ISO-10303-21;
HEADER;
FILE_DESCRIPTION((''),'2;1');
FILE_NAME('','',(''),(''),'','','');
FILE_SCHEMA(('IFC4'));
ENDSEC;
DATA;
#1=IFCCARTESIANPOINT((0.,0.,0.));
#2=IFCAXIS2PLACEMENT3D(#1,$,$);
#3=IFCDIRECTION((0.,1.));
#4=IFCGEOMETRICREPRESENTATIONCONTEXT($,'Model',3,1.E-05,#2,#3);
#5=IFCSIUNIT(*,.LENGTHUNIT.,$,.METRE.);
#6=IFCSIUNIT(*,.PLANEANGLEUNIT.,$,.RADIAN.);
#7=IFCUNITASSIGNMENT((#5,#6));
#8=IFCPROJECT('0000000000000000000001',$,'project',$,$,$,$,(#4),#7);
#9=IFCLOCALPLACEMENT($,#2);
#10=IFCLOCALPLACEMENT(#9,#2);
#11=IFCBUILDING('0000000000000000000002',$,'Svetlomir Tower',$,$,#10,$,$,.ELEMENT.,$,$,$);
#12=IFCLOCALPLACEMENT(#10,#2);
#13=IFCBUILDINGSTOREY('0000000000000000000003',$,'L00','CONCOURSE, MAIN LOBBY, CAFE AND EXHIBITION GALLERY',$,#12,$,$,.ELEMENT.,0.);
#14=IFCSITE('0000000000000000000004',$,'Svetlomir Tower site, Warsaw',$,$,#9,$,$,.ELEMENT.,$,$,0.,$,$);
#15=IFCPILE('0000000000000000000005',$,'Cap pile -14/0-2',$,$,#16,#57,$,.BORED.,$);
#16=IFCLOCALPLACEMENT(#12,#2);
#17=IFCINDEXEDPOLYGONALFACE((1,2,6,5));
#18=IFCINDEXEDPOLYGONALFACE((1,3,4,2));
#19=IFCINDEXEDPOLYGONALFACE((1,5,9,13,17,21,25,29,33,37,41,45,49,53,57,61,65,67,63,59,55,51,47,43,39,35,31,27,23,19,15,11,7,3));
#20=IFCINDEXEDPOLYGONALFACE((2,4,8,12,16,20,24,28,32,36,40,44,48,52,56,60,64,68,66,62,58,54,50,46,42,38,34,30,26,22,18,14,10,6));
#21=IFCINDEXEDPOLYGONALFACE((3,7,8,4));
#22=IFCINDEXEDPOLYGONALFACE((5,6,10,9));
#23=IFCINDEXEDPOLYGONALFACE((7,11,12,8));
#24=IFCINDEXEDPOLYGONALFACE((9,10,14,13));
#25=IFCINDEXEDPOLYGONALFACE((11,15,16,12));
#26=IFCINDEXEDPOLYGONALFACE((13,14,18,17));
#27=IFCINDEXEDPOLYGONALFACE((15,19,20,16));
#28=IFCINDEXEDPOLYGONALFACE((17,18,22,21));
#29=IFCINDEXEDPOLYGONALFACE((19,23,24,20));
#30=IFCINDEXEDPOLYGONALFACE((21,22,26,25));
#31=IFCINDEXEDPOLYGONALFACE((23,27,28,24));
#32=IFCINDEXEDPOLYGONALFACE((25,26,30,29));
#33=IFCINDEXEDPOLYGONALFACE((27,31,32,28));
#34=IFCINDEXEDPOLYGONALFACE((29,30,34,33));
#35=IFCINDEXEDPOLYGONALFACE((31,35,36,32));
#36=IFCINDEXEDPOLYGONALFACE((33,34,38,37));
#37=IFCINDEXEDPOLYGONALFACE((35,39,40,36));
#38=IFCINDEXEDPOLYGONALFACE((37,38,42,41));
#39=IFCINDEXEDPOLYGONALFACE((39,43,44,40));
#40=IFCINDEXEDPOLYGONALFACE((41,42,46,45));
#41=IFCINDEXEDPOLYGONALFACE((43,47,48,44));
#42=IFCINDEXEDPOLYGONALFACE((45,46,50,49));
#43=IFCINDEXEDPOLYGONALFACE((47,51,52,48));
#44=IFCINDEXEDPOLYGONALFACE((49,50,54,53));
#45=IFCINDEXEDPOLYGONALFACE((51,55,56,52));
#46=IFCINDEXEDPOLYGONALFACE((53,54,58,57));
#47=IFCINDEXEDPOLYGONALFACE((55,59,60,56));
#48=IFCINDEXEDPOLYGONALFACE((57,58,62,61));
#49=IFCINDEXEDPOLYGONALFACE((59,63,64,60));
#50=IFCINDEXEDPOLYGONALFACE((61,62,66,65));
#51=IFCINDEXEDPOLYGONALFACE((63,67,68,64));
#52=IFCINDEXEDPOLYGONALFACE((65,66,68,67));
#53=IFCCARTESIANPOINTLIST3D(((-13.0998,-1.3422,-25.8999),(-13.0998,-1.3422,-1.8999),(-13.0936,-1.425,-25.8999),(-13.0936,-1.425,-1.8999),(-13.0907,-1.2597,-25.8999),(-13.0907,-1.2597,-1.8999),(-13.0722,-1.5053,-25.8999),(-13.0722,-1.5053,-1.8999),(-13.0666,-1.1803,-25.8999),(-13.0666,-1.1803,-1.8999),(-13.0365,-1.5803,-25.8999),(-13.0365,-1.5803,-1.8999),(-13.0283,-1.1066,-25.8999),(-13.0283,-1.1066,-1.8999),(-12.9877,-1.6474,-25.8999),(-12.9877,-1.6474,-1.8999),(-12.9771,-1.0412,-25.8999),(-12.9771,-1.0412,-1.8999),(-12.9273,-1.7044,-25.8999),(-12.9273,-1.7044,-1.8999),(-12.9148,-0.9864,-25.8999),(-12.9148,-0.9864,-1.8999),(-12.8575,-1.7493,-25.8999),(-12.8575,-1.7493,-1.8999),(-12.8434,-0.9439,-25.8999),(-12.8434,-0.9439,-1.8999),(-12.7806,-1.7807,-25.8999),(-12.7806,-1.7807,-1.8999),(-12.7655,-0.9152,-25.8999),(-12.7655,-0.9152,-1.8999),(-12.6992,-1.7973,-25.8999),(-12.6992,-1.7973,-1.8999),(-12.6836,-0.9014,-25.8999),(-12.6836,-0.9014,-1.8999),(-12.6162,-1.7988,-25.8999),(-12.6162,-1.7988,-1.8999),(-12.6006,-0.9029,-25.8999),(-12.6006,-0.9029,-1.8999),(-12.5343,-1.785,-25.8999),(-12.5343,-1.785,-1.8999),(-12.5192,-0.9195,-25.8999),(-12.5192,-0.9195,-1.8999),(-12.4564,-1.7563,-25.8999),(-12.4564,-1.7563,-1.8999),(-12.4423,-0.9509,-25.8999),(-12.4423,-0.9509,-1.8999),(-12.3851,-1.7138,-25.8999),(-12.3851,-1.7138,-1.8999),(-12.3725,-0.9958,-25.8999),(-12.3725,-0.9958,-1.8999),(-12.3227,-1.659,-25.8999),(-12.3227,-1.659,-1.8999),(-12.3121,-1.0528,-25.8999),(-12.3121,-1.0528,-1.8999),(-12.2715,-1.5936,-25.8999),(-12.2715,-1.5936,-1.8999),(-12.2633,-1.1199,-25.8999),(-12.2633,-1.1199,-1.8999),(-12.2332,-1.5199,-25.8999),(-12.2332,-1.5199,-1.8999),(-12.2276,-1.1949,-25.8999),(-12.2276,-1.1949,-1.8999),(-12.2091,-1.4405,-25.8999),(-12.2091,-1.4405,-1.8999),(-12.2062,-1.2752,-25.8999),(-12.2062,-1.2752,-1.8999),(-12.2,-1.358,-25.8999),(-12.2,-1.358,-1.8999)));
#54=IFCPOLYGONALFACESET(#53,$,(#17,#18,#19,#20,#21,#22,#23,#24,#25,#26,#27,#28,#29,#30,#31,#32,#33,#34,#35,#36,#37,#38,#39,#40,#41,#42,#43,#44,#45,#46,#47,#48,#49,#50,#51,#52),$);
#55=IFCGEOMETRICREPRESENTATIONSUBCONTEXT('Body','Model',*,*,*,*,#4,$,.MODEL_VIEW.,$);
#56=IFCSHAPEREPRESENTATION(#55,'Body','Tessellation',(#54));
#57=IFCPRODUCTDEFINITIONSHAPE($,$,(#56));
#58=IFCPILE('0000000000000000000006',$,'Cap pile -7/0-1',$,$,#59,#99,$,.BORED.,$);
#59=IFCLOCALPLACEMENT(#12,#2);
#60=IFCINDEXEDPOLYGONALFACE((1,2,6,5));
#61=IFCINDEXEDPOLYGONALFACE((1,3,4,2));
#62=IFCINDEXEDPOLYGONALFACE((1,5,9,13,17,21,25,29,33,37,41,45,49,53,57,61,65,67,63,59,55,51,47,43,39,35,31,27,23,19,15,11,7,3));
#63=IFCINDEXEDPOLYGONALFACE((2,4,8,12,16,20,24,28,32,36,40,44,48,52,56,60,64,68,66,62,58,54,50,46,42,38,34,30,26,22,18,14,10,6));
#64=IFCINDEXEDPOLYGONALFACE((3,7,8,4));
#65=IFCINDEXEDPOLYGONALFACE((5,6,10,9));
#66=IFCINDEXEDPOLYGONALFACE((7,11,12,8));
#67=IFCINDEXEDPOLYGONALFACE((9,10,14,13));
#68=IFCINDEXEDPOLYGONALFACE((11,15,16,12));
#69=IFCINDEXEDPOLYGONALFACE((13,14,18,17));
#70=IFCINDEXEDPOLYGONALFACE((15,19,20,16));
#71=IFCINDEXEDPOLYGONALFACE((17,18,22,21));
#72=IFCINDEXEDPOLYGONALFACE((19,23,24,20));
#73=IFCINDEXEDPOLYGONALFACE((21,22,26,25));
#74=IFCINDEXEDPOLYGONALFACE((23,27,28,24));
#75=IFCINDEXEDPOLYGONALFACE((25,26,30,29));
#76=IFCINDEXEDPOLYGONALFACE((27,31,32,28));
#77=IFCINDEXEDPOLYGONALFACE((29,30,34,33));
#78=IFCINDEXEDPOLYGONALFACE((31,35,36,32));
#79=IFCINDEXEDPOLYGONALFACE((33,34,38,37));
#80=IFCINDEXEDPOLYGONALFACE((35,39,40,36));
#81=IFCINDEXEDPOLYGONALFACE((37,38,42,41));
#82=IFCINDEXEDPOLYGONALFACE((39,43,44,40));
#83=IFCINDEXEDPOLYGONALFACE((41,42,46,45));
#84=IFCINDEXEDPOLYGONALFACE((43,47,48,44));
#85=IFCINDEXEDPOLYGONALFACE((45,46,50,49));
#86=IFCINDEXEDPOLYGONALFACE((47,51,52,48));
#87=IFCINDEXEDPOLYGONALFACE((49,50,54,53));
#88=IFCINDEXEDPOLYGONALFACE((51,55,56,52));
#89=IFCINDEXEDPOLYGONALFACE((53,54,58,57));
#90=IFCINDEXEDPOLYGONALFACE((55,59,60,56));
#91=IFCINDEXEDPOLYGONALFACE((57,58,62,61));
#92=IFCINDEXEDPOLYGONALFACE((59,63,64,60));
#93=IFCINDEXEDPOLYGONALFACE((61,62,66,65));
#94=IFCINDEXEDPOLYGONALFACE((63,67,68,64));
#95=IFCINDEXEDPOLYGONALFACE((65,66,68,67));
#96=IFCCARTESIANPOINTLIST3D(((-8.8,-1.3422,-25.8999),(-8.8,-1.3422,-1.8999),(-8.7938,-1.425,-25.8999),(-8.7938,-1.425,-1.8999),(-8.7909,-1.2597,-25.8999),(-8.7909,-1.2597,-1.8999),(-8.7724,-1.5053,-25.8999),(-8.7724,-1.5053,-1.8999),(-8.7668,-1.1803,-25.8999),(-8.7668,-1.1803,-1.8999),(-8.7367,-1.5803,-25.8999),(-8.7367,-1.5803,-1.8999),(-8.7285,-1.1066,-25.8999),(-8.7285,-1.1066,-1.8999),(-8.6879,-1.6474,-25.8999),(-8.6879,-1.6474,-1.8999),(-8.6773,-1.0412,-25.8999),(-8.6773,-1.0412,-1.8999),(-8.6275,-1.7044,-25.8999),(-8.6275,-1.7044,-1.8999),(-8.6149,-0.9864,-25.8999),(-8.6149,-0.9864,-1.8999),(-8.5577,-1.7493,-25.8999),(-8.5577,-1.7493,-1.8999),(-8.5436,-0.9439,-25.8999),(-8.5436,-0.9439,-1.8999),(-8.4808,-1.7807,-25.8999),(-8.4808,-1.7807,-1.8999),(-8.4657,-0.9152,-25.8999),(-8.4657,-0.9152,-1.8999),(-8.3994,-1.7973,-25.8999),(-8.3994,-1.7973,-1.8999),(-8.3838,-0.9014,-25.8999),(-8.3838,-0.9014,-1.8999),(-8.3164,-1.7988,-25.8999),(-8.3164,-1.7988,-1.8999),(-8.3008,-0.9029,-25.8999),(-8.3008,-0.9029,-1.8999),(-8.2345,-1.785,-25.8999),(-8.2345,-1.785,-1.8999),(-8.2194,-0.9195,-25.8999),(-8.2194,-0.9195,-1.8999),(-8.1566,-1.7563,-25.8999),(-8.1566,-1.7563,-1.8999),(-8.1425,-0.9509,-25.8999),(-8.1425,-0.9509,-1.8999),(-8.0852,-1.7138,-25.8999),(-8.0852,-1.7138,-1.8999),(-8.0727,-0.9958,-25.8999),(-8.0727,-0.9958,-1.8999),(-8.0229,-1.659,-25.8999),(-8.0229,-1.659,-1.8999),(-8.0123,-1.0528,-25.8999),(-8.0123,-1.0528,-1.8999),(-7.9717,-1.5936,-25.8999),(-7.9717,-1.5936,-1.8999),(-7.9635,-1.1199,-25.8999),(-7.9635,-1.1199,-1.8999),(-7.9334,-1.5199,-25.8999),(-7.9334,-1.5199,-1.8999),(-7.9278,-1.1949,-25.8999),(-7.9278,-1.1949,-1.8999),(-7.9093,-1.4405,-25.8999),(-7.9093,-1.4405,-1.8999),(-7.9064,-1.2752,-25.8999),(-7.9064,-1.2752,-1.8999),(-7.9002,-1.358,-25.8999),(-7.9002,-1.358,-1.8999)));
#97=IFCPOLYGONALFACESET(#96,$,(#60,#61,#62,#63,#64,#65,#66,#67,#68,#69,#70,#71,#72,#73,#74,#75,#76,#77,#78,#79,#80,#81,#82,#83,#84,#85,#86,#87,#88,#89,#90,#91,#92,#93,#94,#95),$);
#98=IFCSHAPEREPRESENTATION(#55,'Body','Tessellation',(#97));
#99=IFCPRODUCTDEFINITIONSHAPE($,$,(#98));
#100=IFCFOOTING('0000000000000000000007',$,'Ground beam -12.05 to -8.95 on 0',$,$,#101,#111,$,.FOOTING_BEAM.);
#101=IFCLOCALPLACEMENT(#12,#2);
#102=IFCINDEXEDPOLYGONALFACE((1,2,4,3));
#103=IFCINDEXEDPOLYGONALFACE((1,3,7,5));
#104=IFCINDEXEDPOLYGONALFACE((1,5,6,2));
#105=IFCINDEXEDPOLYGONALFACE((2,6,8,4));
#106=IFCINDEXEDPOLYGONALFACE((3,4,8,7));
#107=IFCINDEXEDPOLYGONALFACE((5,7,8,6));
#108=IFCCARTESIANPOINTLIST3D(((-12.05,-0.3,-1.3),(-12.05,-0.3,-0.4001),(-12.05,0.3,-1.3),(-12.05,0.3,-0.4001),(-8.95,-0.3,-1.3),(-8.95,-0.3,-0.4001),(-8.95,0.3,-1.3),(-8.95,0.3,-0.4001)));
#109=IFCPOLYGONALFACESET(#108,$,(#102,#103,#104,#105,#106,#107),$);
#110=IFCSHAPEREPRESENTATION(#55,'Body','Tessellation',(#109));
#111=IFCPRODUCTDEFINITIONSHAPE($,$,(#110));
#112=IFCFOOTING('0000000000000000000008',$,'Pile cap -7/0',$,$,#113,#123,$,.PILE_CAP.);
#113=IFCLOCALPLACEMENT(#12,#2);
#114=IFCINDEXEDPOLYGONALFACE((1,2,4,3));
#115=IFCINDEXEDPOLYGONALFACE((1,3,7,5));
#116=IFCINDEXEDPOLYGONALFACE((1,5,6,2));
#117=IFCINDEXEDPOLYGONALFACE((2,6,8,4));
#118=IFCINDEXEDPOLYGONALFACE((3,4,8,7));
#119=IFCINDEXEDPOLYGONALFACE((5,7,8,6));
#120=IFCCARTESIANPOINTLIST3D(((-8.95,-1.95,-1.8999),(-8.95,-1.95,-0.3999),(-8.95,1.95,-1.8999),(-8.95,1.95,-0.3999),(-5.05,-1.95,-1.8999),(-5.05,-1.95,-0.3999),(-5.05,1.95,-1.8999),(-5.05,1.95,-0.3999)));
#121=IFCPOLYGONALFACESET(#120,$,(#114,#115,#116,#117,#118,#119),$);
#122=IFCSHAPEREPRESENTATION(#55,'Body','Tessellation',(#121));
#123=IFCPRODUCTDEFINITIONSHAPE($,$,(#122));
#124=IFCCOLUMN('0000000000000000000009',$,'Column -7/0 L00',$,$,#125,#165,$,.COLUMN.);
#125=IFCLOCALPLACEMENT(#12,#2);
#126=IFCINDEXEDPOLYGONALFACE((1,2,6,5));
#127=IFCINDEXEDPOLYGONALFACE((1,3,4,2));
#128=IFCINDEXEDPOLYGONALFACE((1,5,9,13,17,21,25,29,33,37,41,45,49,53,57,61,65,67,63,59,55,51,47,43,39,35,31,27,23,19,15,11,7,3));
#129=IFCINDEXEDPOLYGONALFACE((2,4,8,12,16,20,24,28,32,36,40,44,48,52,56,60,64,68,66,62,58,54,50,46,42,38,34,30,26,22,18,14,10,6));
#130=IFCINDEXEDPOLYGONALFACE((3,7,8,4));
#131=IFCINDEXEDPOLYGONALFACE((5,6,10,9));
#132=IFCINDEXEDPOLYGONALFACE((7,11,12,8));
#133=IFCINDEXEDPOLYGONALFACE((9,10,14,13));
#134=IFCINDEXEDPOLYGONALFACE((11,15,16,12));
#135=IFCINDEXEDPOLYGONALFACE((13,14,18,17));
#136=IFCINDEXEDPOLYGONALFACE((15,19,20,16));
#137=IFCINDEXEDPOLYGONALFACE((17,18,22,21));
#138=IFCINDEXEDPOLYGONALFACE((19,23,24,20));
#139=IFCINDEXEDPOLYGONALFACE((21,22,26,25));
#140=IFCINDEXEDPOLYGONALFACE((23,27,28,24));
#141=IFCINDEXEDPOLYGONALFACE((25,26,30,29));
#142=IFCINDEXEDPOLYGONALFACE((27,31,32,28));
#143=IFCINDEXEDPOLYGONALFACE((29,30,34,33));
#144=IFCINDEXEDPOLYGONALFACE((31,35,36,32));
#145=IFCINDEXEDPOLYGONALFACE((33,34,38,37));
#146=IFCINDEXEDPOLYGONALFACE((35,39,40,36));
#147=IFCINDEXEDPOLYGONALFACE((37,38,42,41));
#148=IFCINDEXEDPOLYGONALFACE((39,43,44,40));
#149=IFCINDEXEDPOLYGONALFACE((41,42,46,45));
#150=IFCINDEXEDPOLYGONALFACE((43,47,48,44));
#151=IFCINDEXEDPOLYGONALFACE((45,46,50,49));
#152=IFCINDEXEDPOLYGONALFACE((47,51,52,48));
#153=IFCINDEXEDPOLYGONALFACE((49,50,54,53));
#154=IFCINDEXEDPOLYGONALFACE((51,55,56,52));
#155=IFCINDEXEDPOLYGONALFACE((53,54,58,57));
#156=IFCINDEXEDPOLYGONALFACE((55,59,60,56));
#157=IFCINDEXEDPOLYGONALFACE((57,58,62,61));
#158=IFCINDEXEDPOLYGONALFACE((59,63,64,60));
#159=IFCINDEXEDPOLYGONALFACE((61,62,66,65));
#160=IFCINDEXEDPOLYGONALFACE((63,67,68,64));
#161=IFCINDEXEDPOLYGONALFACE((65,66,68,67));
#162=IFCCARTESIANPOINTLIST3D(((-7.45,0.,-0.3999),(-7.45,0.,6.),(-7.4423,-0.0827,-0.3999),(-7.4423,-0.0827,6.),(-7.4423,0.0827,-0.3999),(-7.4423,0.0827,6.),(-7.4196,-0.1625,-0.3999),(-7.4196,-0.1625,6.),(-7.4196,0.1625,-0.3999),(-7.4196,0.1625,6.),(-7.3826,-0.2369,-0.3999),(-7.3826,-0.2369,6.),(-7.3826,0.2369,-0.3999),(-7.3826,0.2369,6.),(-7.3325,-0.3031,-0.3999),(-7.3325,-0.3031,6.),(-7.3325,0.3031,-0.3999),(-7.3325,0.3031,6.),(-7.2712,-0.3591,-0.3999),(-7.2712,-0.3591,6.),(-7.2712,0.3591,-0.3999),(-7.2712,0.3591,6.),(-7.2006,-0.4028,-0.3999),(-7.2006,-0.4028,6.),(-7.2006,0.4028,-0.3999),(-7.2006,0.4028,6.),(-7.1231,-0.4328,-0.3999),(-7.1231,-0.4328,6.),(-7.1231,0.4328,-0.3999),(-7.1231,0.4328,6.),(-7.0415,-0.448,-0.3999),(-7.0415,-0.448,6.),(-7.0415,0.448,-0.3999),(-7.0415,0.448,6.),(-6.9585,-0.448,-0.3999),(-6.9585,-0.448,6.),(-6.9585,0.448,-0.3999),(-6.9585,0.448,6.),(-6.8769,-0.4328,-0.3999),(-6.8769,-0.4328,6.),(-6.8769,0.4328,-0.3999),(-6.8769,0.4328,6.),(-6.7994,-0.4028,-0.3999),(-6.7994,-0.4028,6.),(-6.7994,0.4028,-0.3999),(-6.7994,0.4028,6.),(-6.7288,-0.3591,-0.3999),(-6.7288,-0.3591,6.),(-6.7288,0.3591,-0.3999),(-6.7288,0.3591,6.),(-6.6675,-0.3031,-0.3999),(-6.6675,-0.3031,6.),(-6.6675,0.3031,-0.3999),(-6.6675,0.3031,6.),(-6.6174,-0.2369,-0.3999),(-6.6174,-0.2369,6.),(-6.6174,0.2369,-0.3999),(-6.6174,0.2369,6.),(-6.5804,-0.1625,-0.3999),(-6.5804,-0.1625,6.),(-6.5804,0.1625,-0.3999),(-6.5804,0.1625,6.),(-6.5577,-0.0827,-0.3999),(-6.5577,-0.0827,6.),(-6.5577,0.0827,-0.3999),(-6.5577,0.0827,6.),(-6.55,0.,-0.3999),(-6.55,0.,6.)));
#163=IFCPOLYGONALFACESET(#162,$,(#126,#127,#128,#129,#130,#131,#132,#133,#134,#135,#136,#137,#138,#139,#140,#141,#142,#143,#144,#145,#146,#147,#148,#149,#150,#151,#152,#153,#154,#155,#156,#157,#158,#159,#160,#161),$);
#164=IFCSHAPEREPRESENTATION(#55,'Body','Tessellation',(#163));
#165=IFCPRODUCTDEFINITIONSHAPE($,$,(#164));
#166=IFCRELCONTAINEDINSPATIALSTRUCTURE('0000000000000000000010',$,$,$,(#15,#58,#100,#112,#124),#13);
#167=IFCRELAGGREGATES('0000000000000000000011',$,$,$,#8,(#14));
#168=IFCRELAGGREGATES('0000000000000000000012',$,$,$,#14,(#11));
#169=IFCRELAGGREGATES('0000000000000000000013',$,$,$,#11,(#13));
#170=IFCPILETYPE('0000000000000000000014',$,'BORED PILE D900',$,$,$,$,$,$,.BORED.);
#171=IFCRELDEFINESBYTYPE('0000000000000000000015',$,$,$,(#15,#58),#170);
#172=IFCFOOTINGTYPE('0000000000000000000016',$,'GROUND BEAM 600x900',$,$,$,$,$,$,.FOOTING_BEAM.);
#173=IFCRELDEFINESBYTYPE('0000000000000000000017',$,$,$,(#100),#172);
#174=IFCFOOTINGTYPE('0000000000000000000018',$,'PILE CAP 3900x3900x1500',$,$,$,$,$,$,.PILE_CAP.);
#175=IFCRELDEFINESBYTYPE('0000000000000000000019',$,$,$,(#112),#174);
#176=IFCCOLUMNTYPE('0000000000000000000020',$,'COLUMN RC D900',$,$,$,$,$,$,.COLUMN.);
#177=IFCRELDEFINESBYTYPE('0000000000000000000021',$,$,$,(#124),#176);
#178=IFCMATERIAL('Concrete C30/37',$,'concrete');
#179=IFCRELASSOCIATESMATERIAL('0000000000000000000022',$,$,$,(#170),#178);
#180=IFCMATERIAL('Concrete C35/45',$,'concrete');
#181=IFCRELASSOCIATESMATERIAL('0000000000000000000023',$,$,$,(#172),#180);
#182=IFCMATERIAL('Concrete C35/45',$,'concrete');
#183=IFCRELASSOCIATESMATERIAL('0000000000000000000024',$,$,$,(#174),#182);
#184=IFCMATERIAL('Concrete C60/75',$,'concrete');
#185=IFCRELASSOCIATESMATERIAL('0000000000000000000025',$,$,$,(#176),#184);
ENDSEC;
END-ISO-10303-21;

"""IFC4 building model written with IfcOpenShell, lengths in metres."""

from ifc_helpers import new_model, si_unit, direction, frame, frame_2d, origin, origin_2d, place, context, subcontext, project, spatial, rectangle, circle, extrude, material, material_profile, profile_set, type_object, element, save


model = new_model("IFC4")

# Units and contexts
model_context = context("Model", 3, precision=1e-05, world=origin(), true_north=direction((0.0, 1.0)))
body_context = subcontext(model_context, "Body", "Model", "MODEL_VIEW")
ifc_project = project(units=[si_unit("LENGTHUNIT", "METRE"), si_unit("PLANEANGLEUNIT", "RADIAN")], contexts=[model_context])

# Site, building, storey
site_placement = place(None, origin())
site = spatial("IfcSite", under=ifc_project, at=site_placement, Name="Svetlomir Tower site, Warsaw", CompositionType="ELEMENT", RefElevation=0.0)
building_placement = place(site_placement, origin())
building = spatial("IfcBuilding", under=site, at=building_placement, Name="Svetlomir Tower", CompositionType="ELEMENT")
storey_placement = place(building_placement, origin())
storey = spatial("IfcBuildingStorey", under=building, at=storey_placement, Name="L00", Description="CONCOURSE, MAIN LOBBY, CAFE AND EXHIBITION GALLERY", CompositionType="ELEMENT", Elevation=0.0)

# Piles
ifc_material_1 = material(Name="Concrete C30/37", Category="concrete")
ifc_material_profile_1 = material_profile(ifc_material_1, circle(Radius=0.45, at=origin_2d()), Name="RC D900")
ifc_profile_set_1 = profile_set([ifc_material_profile_1], Name="Concrete C30/37")
pile_type = type_object("IfcPileType", Name="BORED PILE D900", PredefinedType="BORED", material=ifc_profile_set_1)
for number, where, z_axis, x_axis, name in (
    (1, (-12.6499, -1.3501, -1.8999), (0.0, 0.0, -1.0), (1.0, 0.0, 0.0), "Cap pile -14/0-2"),
    (2, (-8.3501, -1.3501, -1.8999), (0.0, 0.0, -1.0), (1.0, 0.0, 0.0), "Cap pile -7/0-1"),
):
    element("IfcPile", number, at=place(storey_placement, frame(where, z_axis=z_axis, x_axis=x_axis)), inside=storey, type_object=pile_type, Name=name, PredefinedType="BORED", context=body_context, shape_type="SweptSolid", body=[
        extrude(circle(Radius=0.45, at=frame_2d((0.0, 0.0), x_axis=(0.999848, 0.017452))), origin(), (0.0, 0.0, 1.0), 24.0),
    ])

# Footings
ifc_material_2 = material(Name="Concrete C35/45", Category="concrete")
footing_type_1 = type_object("IfcFootingType", Name="GROUND BEAM 600x900", PredefinedType="FOOTING_BEAM", material=ifc_material_2)
footing_1_placement = place(storey_placement, frame((-10.5, 0.0, -1.3), z_axis=(0.0, 0.0, 1.0), x_axis=(1.0, 0.0, 0.0)))
element("IfcFooting", 3, at=footing_1_placement, inside=storey, type_object=footing_type_1, Name="Ground beam -12.05 to -8.95 on 0", PredefinedType="FOOTING_BEAM", context=body_context, shape_type="SweptSolid", body=[
    extrude(rectangle(XDim=3.1001, YDim=0.6001, at=origin_2d()), origin(), (0.0, 0.0, 1.0), 0.8999),
])
ifc_material_3 = material(Name="Concrete C35/45", Category="concrete")
footing_type_2 = type_object("IfcFootingType", Name="PILE CAP 3900x3900x1500", PredefinedType="PILE_CAP", material=ifc_material_3)
footing_2_placement = place(storey_placement, frame((-7.0, 0.0, -1.8999), z_axis=(0.0, 0.0, 1.0), x_axis=(1.0, 0.0, 0.0)))
element("IfcFooting", 4, at=footing_2_placement, inside=storey, type_object=footing_type_2, Name="Pile cap -7/0", PredefinedType="PILE_CAP", context=body_context, shape_type="SweptSolid", body=[
    extrude(rectangle(XDim=3.8999, YDim=3.8999, at=origin_2d()), origin(), (0.0, 0.0, 1.0), 1.5),
])

# Column
ifc_material_4 = material(Name="Concrete C60/75", Category="concrete")
ifc_material_profile_2 = material_profile(ifc_material_4, circle(Radius=0.45, at=origin_2d()), Name="RC D900")
ifc_profile_set_2 = profile_set([ifc_material_profile_2], Name="Concrete C60/75")
column_type = type_object("IfcColumnType", Name="COLUMN RC D900", PredefinedType="COLUMN", material=ifc_profile_set_2)
column_placement = place(storey_placement, frame((-7.0, 0.0, -0.3999), z_axis=(0.0, 0.0, 1.0), x_axis=(1.0, 0.0, 0.0)))
element("IfcColumn", 5, at=column_placement, inside=storey, type_object=column_type, Name="Column -7/0 L00", PredefinedType="COLUMN", context=body_context, shape_type="SweptSolid", body=[
    extrude(circle(Radius=0.45, at=origin_2d()), origin(), (0.0, 0.0, 1.0), 6.3999),
])

save(model, "model.ifc")
